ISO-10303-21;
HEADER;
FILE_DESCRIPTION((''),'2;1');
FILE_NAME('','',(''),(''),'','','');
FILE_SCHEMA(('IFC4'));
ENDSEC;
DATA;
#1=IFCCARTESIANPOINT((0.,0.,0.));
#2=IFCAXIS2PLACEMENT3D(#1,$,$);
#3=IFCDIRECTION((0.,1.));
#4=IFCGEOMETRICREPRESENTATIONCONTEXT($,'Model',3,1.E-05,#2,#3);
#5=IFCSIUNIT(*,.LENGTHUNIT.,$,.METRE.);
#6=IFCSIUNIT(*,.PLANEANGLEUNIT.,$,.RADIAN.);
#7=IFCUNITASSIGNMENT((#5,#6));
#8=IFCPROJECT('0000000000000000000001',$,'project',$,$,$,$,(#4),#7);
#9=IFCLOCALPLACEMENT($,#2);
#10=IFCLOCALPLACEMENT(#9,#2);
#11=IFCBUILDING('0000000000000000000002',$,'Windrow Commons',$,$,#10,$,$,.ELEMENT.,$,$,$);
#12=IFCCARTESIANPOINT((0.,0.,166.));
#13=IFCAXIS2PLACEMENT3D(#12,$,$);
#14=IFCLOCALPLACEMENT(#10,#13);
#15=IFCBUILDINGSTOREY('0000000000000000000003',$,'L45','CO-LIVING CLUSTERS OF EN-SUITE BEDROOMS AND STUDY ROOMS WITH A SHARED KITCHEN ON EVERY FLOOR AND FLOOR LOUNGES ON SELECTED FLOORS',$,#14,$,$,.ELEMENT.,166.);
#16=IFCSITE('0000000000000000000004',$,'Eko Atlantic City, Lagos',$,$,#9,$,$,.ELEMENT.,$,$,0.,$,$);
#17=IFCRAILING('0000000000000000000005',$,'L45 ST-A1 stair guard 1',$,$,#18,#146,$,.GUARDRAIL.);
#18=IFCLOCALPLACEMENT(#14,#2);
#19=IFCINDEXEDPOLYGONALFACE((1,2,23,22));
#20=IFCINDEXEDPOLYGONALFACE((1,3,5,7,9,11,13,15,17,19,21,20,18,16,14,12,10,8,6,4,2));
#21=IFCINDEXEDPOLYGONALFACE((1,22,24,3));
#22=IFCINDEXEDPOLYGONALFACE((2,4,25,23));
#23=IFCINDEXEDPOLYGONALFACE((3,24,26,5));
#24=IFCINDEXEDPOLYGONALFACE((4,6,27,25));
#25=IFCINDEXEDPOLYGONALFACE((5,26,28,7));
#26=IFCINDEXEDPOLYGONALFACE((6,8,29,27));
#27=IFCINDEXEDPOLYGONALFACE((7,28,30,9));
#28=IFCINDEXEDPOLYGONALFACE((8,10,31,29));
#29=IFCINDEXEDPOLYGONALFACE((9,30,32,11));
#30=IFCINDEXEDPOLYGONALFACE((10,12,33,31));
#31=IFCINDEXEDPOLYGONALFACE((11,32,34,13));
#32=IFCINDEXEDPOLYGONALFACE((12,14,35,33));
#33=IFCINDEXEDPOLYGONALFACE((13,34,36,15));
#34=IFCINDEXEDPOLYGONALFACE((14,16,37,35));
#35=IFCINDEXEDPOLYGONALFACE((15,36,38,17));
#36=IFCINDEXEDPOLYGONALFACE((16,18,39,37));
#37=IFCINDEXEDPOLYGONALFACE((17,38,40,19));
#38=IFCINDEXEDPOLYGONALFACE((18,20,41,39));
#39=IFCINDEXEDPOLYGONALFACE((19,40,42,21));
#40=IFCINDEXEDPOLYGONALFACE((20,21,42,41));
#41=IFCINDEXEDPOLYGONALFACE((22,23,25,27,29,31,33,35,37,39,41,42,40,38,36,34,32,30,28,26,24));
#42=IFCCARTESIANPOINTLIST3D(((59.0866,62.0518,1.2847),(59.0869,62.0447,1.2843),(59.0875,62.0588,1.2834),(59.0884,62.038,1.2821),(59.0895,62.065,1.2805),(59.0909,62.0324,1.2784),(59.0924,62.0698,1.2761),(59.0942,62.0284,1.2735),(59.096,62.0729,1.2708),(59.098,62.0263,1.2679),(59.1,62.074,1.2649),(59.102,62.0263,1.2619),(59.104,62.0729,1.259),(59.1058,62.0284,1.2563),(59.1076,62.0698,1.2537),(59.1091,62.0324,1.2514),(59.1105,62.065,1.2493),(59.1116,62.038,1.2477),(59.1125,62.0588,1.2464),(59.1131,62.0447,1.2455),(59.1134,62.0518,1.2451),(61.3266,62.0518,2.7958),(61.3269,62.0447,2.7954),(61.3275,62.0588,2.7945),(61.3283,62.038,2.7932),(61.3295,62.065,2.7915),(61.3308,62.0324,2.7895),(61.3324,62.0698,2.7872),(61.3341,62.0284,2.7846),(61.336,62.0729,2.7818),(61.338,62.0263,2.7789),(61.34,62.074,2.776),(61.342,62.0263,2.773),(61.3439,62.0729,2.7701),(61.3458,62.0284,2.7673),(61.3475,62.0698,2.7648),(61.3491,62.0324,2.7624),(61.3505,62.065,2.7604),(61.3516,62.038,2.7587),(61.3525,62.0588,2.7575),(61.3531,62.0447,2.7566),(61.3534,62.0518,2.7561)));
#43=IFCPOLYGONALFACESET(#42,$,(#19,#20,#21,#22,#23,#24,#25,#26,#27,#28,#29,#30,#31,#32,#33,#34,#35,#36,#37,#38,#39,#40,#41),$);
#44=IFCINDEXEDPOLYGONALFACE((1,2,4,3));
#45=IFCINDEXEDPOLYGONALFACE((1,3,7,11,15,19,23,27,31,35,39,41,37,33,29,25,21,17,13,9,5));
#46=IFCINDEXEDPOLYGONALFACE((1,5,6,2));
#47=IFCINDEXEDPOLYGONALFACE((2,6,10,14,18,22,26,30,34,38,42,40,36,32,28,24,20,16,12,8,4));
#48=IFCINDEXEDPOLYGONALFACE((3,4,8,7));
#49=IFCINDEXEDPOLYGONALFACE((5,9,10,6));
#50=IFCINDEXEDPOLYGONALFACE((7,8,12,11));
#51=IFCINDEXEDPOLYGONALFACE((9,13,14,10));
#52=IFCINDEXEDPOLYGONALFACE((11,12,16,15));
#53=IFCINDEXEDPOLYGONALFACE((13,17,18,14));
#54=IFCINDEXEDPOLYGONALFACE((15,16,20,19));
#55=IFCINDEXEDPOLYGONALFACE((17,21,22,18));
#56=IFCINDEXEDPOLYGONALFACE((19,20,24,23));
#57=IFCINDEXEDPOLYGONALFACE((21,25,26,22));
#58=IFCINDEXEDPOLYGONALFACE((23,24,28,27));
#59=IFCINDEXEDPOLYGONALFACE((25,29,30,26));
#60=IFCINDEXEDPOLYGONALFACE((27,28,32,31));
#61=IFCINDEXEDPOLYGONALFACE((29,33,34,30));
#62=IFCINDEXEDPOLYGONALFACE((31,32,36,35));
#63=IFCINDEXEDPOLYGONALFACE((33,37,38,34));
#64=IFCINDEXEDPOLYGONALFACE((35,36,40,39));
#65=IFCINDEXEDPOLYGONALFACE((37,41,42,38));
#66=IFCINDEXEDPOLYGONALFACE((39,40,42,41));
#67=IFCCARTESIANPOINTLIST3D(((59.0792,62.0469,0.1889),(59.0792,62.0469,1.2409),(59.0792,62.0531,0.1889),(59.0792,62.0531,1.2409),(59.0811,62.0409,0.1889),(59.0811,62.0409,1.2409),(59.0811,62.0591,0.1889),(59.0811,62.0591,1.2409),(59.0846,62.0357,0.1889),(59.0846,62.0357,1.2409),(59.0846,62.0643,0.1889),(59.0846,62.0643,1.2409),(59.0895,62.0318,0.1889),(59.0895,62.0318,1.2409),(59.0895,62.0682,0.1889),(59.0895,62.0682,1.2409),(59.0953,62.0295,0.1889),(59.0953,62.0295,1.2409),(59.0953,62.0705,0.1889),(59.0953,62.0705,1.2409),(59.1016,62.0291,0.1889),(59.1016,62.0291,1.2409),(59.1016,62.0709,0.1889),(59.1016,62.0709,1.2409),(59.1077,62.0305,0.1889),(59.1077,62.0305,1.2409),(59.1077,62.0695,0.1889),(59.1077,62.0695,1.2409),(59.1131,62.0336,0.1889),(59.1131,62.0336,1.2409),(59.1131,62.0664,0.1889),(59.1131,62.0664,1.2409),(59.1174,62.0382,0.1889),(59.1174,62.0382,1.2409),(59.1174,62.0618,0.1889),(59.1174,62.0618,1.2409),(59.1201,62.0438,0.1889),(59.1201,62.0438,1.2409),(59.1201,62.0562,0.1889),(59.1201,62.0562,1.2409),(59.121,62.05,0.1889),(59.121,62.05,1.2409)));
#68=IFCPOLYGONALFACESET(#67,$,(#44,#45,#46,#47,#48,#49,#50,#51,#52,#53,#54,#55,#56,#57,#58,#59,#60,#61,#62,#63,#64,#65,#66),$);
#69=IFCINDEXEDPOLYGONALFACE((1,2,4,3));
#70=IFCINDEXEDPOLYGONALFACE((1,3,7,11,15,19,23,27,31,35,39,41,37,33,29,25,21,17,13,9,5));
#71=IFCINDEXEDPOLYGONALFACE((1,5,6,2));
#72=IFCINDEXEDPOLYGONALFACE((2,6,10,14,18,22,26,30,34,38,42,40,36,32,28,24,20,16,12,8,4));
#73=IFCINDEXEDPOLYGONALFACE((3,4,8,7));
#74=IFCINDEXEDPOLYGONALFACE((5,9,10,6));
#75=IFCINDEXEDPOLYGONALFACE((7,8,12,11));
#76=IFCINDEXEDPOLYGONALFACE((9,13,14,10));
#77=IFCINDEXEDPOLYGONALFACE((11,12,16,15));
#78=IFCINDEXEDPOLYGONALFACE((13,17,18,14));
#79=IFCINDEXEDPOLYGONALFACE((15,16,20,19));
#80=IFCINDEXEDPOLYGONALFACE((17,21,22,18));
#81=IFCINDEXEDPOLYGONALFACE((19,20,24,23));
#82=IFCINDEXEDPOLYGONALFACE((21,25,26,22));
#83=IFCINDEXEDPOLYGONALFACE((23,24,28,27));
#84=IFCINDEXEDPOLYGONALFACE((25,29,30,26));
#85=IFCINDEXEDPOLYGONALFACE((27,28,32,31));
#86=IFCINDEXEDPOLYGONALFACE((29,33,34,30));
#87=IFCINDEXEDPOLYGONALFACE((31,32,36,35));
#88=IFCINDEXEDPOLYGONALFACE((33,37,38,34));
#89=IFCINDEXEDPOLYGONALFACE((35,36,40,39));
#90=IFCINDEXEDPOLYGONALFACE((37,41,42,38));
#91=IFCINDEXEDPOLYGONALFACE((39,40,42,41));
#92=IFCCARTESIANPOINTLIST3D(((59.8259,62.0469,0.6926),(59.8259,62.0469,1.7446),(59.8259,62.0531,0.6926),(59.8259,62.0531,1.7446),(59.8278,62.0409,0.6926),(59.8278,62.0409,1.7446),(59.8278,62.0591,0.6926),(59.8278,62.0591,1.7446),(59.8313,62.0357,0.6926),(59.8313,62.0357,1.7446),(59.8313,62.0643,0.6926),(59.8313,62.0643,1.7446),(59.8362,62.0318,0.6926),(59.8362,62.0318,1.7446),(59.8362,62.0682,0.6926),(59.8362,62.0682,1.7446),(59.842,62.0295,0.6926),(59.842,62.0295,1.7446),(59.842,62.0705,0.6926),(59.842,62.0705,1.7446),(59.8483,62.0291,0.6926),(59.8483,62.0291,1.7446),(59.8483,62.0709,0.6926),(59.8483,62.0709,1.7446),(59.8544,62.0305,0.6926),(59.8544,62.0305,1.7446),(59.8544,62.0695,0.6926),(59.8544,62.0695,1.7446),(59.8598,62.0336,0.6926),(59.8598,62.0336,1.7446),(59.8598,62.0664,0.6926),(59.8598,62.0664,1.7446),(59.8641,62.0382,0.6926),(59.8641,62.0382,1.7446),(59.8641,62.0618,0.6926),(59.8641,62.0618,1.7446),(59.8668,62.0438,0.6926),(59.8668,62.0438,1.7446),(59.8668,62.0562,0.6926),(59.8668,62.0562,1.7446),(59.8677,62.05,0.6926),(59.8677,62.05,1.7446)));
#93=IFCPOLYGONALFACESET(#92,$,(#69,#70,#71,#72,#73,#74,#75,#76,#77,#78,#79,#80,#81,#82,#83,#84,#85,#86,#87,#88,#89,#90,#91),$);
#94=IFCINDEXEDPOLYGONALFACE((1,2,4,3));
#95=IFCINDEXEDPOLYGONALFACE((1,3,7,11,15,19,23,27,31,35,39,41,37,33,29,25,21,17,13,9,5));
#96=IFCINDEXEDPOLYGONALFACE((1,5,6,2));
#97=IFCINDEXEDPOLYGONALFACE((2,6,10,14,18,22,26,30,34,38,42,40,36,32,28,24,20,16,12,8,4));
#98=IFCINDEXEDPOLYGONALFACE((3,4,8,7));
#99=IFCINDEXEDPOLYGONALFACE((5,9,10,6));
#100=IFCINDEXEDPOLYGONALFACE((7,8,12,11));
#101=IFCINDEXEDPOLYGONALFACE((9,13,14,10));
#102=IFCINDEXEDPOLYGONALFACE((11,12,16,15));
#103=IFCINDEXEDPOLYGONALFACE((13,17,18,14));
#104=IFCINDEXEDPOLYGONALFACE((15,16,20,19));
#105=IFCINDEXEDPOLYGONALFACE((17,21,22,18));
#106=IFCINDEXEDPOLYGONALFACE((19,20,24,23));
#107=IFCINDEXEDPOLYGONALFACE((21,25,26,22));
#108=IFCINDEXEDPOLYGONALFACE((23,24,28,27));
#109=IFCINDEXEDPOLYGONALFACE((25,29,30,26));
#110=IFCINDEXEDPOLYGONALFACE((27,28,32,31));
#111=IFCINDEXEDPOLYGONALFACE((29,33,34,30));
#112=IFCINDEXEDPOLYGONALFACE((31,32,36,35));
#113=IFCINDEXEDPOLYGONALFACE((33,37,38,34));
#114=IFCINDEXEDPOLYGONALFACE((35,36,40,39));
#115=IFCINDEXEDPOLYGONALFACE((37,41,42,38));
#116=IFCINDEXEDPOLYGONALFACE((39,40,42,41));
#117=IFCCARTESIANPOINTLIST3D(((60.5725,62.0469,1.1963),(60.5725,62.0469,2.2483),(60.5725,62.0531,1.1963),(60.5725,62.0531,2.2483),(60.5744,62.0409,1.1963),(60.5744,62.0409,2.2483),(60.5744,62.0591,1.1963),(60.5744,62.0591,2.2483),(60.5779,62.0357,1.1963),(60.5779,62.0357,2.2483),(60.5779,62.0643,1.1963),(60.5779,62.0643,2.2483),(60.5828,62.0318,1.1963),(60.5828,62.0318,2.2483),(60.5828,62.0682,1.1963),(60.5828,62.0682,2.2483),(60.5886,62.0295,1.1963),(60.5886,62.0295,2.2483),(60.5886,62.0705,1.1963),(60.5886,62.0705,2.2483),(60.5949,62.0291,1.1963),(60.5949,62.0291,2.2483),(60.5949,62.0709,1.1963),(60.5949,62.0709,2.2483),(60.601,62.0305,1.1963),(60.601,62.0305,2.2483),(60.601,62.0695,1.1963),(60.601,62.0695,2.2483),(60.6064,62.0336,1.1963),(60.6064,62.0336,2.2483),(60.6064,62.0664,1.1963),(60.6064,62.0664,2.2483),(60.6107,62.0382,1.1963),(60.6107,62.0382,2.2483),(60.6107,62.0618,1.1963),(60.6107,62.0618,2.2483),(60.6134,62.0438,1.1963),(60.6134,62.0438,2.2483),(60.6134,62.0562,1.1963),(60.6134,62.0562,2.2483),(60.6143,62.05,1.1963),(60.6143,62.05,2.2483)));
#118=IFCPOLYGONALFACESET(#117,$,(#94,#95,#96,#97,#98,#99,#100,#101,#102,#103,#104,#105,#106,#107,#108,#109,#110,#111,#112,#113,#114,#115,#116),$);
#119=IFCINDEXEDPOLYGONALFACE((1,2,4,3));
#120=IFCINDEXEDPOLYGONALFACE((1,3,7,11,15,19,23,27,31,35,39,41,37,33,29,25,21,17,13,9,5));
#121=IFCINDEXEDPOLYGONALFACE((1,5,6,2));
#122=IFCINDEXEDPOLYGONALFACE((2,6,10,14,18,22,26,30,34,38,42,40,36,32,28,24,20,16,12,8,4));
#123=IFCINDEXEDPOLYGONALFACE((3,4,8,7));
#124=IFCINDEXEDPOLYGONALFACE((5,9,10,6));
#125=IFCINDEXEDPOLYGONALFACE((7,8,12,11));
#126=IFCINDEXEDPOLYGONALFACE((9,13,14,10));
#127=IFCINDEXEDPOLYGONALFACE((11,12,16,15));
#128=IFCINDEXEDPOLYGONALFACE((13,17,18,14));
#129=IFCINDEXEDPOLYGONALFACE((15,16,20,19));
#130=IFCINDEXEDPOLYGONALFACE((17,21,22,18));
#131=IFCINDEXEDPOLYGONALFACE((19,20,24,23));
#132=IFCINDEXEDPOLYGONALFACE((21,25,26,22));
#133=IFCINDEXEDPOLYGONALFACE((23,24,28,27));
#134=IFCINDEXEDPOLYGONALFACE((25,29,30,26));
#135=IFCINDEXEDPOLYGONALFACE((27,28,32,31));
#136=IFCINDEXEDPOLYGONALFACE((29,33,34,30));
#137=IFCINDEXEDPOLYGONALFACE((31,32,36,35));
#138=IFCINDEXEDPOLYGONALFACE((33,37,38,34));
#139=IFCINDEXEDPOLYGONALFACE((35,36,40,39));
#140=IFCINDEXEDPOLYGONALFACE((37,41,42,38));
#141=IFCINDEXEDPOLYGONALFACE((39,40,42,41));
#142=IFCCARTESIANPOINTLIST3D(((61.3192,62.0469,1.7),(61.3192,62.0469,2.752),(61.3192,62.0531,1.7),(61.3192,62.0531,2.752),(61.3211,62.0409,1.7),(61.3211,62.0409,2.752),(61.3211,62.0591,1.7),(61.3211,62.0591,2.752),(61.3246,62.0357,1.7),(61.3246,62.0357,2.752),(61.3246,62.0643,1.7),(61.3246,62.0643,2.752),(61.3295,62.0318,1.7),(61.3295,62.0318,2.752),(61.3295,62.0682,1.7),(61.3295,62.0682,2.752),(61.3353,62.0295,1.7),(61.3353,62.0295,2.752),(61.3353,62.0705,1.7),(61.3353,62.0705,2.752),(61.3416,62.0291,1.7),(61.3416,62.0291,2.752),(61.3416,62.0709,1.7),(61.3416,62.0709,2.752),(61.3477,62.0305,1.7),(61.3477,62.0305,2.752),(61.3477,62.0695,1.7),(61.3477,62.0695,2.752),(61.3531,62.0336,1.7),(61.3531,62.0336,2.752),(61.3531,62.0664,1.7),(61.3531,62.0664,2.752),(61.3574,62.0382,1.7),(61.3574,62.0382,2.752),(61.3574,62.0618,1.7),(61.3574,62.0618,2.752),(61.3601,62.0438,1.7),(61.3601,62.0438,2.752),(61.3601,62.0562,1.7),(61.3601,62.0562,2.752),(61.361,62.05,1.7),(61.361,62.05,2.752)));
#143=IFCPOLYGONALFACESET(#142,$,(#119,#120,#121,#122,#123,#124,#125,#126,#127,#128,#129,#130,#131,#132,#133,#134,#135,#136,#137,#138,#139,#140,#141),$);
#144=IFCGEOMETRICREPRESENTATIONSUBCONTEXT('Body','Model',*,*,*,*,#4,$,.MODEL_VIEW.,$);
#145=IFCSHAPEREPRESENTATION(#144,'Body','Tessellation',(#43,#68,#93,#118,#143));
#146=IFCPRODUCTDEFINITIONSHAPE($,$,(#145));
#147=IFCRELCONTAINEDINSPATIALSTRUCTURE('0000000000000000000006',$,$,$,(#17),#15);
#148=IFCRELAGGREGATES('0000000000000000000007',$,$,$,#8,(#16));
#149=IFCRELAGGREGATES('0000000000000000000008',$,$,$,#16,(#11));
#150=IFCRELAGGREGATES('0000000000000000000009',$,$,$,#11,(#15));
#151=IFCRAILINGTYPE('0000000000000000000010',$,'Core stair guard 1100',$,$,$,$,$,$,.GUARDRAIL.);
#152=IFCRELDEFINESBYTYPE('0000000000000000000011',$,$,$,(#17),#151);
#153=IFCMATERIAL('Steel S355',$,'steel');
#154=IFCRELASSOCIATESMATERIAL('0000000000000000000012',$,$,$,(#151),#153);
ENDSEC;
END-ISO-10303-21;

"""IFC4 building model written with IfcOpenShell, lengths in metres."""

from ifc_helpers import new_model, si_unit, direction, frame, origin, origin_2d, place, context, subcontext, project, spatial, circle, extrude, material, type_object, element, save


model = new_model("IFC4")

# Units and contexts
model_context = context("Model", 3, precision=1e-05, world=origin(), true_north=direction((0.0, 1.0)))
body_context = subcontext(model_context, "Body", "Model", "MODEL_VIEW")
ifc_project = project(units=[si_unit("LENGTHUNIT", "METRE"), si_unit("PLANEANGLEUNIT", "RADIAN")], contexts=[model_context])

# Site, building, storey
site_placement = place(None, origin())
site = spatial("IfcSite", under=ifc_project, at=site_placement, Name="Eko Atlantic City, Lagos", CompositionType="ELEMENT", RefElevation=0.0)
building_placement = place(site_placement, origin())
building = spatial("IfcBuilding", under=site, at=building_placement, Name="Windrow Commons", CompositionType="ELEMENT")
storey_placement = place(building_placement, frame((0.0, 0.0, 166.0)))
storey = spatial("IfcBuildingStorey", under=building, at=storey_placement, Name="L45", Description="CO-LIVING CLUSTERS OF EN-SUITE BEDROOMS AND STUDY ROOMS WITH A SHARED KITCHEN ON EVERY FLOOR AND FLOOR LOUNGES ON SELECTED FLOORS", CompositionType="ELEMENT", Elevation=166.0)

# Railing
ifc_material_1 = material(Name="Steel S355", Category="steel")
railing_type_1 = type_object("IfcRailingType", Name="Core stair guard 1100", PredefinedType="GUARDRAIL", material=ifc_material_1)
railing_1_placement = place(storey_placement, frame((59.1, 62.05, 0.1889)))
element("IfcRailing", 1, at=railing_1_placement, inside=storey, type_object=railing_type_1, Name="L45 ST-A1 stair guard 1", PredefinedType="GUARDRAIL", context=body_context, shape_type="SweptSolid", body=[
    extrude(circle(Radius=0.024, at=origin_2d()), frame((0.0, 0.0, 1.076), z_axis=(0.829003, 0.0, 0.559244), x_axis=(0.0, 1.0, 0.0)), (0.0, 0.0, 1.0), 2.702),
    extrude(circle(Radius=0.021, at=origin_2d()), origin(), (0.0, 0.0, 1.0), 1.052),
    extrude(circle(Radius=0.021, at=origin_2d()), frame((0.7467, 0.0, 0.5037)), (0.0, 0.0, 1.0), 1.052),
    extrude(circle(Radius=0.021, at=origin_2d()), frame((1.4933, 0.0, 1.0074)), (0.0, 0.0, 1.0), 1.052),
    extrude(circle(Radius=0.021, at=origin_2d()), frame((2.24, 0.0, 1.5111)), (0.0, 0.0, 1.0), 1.052),
])

save(model, "model.ifc")
